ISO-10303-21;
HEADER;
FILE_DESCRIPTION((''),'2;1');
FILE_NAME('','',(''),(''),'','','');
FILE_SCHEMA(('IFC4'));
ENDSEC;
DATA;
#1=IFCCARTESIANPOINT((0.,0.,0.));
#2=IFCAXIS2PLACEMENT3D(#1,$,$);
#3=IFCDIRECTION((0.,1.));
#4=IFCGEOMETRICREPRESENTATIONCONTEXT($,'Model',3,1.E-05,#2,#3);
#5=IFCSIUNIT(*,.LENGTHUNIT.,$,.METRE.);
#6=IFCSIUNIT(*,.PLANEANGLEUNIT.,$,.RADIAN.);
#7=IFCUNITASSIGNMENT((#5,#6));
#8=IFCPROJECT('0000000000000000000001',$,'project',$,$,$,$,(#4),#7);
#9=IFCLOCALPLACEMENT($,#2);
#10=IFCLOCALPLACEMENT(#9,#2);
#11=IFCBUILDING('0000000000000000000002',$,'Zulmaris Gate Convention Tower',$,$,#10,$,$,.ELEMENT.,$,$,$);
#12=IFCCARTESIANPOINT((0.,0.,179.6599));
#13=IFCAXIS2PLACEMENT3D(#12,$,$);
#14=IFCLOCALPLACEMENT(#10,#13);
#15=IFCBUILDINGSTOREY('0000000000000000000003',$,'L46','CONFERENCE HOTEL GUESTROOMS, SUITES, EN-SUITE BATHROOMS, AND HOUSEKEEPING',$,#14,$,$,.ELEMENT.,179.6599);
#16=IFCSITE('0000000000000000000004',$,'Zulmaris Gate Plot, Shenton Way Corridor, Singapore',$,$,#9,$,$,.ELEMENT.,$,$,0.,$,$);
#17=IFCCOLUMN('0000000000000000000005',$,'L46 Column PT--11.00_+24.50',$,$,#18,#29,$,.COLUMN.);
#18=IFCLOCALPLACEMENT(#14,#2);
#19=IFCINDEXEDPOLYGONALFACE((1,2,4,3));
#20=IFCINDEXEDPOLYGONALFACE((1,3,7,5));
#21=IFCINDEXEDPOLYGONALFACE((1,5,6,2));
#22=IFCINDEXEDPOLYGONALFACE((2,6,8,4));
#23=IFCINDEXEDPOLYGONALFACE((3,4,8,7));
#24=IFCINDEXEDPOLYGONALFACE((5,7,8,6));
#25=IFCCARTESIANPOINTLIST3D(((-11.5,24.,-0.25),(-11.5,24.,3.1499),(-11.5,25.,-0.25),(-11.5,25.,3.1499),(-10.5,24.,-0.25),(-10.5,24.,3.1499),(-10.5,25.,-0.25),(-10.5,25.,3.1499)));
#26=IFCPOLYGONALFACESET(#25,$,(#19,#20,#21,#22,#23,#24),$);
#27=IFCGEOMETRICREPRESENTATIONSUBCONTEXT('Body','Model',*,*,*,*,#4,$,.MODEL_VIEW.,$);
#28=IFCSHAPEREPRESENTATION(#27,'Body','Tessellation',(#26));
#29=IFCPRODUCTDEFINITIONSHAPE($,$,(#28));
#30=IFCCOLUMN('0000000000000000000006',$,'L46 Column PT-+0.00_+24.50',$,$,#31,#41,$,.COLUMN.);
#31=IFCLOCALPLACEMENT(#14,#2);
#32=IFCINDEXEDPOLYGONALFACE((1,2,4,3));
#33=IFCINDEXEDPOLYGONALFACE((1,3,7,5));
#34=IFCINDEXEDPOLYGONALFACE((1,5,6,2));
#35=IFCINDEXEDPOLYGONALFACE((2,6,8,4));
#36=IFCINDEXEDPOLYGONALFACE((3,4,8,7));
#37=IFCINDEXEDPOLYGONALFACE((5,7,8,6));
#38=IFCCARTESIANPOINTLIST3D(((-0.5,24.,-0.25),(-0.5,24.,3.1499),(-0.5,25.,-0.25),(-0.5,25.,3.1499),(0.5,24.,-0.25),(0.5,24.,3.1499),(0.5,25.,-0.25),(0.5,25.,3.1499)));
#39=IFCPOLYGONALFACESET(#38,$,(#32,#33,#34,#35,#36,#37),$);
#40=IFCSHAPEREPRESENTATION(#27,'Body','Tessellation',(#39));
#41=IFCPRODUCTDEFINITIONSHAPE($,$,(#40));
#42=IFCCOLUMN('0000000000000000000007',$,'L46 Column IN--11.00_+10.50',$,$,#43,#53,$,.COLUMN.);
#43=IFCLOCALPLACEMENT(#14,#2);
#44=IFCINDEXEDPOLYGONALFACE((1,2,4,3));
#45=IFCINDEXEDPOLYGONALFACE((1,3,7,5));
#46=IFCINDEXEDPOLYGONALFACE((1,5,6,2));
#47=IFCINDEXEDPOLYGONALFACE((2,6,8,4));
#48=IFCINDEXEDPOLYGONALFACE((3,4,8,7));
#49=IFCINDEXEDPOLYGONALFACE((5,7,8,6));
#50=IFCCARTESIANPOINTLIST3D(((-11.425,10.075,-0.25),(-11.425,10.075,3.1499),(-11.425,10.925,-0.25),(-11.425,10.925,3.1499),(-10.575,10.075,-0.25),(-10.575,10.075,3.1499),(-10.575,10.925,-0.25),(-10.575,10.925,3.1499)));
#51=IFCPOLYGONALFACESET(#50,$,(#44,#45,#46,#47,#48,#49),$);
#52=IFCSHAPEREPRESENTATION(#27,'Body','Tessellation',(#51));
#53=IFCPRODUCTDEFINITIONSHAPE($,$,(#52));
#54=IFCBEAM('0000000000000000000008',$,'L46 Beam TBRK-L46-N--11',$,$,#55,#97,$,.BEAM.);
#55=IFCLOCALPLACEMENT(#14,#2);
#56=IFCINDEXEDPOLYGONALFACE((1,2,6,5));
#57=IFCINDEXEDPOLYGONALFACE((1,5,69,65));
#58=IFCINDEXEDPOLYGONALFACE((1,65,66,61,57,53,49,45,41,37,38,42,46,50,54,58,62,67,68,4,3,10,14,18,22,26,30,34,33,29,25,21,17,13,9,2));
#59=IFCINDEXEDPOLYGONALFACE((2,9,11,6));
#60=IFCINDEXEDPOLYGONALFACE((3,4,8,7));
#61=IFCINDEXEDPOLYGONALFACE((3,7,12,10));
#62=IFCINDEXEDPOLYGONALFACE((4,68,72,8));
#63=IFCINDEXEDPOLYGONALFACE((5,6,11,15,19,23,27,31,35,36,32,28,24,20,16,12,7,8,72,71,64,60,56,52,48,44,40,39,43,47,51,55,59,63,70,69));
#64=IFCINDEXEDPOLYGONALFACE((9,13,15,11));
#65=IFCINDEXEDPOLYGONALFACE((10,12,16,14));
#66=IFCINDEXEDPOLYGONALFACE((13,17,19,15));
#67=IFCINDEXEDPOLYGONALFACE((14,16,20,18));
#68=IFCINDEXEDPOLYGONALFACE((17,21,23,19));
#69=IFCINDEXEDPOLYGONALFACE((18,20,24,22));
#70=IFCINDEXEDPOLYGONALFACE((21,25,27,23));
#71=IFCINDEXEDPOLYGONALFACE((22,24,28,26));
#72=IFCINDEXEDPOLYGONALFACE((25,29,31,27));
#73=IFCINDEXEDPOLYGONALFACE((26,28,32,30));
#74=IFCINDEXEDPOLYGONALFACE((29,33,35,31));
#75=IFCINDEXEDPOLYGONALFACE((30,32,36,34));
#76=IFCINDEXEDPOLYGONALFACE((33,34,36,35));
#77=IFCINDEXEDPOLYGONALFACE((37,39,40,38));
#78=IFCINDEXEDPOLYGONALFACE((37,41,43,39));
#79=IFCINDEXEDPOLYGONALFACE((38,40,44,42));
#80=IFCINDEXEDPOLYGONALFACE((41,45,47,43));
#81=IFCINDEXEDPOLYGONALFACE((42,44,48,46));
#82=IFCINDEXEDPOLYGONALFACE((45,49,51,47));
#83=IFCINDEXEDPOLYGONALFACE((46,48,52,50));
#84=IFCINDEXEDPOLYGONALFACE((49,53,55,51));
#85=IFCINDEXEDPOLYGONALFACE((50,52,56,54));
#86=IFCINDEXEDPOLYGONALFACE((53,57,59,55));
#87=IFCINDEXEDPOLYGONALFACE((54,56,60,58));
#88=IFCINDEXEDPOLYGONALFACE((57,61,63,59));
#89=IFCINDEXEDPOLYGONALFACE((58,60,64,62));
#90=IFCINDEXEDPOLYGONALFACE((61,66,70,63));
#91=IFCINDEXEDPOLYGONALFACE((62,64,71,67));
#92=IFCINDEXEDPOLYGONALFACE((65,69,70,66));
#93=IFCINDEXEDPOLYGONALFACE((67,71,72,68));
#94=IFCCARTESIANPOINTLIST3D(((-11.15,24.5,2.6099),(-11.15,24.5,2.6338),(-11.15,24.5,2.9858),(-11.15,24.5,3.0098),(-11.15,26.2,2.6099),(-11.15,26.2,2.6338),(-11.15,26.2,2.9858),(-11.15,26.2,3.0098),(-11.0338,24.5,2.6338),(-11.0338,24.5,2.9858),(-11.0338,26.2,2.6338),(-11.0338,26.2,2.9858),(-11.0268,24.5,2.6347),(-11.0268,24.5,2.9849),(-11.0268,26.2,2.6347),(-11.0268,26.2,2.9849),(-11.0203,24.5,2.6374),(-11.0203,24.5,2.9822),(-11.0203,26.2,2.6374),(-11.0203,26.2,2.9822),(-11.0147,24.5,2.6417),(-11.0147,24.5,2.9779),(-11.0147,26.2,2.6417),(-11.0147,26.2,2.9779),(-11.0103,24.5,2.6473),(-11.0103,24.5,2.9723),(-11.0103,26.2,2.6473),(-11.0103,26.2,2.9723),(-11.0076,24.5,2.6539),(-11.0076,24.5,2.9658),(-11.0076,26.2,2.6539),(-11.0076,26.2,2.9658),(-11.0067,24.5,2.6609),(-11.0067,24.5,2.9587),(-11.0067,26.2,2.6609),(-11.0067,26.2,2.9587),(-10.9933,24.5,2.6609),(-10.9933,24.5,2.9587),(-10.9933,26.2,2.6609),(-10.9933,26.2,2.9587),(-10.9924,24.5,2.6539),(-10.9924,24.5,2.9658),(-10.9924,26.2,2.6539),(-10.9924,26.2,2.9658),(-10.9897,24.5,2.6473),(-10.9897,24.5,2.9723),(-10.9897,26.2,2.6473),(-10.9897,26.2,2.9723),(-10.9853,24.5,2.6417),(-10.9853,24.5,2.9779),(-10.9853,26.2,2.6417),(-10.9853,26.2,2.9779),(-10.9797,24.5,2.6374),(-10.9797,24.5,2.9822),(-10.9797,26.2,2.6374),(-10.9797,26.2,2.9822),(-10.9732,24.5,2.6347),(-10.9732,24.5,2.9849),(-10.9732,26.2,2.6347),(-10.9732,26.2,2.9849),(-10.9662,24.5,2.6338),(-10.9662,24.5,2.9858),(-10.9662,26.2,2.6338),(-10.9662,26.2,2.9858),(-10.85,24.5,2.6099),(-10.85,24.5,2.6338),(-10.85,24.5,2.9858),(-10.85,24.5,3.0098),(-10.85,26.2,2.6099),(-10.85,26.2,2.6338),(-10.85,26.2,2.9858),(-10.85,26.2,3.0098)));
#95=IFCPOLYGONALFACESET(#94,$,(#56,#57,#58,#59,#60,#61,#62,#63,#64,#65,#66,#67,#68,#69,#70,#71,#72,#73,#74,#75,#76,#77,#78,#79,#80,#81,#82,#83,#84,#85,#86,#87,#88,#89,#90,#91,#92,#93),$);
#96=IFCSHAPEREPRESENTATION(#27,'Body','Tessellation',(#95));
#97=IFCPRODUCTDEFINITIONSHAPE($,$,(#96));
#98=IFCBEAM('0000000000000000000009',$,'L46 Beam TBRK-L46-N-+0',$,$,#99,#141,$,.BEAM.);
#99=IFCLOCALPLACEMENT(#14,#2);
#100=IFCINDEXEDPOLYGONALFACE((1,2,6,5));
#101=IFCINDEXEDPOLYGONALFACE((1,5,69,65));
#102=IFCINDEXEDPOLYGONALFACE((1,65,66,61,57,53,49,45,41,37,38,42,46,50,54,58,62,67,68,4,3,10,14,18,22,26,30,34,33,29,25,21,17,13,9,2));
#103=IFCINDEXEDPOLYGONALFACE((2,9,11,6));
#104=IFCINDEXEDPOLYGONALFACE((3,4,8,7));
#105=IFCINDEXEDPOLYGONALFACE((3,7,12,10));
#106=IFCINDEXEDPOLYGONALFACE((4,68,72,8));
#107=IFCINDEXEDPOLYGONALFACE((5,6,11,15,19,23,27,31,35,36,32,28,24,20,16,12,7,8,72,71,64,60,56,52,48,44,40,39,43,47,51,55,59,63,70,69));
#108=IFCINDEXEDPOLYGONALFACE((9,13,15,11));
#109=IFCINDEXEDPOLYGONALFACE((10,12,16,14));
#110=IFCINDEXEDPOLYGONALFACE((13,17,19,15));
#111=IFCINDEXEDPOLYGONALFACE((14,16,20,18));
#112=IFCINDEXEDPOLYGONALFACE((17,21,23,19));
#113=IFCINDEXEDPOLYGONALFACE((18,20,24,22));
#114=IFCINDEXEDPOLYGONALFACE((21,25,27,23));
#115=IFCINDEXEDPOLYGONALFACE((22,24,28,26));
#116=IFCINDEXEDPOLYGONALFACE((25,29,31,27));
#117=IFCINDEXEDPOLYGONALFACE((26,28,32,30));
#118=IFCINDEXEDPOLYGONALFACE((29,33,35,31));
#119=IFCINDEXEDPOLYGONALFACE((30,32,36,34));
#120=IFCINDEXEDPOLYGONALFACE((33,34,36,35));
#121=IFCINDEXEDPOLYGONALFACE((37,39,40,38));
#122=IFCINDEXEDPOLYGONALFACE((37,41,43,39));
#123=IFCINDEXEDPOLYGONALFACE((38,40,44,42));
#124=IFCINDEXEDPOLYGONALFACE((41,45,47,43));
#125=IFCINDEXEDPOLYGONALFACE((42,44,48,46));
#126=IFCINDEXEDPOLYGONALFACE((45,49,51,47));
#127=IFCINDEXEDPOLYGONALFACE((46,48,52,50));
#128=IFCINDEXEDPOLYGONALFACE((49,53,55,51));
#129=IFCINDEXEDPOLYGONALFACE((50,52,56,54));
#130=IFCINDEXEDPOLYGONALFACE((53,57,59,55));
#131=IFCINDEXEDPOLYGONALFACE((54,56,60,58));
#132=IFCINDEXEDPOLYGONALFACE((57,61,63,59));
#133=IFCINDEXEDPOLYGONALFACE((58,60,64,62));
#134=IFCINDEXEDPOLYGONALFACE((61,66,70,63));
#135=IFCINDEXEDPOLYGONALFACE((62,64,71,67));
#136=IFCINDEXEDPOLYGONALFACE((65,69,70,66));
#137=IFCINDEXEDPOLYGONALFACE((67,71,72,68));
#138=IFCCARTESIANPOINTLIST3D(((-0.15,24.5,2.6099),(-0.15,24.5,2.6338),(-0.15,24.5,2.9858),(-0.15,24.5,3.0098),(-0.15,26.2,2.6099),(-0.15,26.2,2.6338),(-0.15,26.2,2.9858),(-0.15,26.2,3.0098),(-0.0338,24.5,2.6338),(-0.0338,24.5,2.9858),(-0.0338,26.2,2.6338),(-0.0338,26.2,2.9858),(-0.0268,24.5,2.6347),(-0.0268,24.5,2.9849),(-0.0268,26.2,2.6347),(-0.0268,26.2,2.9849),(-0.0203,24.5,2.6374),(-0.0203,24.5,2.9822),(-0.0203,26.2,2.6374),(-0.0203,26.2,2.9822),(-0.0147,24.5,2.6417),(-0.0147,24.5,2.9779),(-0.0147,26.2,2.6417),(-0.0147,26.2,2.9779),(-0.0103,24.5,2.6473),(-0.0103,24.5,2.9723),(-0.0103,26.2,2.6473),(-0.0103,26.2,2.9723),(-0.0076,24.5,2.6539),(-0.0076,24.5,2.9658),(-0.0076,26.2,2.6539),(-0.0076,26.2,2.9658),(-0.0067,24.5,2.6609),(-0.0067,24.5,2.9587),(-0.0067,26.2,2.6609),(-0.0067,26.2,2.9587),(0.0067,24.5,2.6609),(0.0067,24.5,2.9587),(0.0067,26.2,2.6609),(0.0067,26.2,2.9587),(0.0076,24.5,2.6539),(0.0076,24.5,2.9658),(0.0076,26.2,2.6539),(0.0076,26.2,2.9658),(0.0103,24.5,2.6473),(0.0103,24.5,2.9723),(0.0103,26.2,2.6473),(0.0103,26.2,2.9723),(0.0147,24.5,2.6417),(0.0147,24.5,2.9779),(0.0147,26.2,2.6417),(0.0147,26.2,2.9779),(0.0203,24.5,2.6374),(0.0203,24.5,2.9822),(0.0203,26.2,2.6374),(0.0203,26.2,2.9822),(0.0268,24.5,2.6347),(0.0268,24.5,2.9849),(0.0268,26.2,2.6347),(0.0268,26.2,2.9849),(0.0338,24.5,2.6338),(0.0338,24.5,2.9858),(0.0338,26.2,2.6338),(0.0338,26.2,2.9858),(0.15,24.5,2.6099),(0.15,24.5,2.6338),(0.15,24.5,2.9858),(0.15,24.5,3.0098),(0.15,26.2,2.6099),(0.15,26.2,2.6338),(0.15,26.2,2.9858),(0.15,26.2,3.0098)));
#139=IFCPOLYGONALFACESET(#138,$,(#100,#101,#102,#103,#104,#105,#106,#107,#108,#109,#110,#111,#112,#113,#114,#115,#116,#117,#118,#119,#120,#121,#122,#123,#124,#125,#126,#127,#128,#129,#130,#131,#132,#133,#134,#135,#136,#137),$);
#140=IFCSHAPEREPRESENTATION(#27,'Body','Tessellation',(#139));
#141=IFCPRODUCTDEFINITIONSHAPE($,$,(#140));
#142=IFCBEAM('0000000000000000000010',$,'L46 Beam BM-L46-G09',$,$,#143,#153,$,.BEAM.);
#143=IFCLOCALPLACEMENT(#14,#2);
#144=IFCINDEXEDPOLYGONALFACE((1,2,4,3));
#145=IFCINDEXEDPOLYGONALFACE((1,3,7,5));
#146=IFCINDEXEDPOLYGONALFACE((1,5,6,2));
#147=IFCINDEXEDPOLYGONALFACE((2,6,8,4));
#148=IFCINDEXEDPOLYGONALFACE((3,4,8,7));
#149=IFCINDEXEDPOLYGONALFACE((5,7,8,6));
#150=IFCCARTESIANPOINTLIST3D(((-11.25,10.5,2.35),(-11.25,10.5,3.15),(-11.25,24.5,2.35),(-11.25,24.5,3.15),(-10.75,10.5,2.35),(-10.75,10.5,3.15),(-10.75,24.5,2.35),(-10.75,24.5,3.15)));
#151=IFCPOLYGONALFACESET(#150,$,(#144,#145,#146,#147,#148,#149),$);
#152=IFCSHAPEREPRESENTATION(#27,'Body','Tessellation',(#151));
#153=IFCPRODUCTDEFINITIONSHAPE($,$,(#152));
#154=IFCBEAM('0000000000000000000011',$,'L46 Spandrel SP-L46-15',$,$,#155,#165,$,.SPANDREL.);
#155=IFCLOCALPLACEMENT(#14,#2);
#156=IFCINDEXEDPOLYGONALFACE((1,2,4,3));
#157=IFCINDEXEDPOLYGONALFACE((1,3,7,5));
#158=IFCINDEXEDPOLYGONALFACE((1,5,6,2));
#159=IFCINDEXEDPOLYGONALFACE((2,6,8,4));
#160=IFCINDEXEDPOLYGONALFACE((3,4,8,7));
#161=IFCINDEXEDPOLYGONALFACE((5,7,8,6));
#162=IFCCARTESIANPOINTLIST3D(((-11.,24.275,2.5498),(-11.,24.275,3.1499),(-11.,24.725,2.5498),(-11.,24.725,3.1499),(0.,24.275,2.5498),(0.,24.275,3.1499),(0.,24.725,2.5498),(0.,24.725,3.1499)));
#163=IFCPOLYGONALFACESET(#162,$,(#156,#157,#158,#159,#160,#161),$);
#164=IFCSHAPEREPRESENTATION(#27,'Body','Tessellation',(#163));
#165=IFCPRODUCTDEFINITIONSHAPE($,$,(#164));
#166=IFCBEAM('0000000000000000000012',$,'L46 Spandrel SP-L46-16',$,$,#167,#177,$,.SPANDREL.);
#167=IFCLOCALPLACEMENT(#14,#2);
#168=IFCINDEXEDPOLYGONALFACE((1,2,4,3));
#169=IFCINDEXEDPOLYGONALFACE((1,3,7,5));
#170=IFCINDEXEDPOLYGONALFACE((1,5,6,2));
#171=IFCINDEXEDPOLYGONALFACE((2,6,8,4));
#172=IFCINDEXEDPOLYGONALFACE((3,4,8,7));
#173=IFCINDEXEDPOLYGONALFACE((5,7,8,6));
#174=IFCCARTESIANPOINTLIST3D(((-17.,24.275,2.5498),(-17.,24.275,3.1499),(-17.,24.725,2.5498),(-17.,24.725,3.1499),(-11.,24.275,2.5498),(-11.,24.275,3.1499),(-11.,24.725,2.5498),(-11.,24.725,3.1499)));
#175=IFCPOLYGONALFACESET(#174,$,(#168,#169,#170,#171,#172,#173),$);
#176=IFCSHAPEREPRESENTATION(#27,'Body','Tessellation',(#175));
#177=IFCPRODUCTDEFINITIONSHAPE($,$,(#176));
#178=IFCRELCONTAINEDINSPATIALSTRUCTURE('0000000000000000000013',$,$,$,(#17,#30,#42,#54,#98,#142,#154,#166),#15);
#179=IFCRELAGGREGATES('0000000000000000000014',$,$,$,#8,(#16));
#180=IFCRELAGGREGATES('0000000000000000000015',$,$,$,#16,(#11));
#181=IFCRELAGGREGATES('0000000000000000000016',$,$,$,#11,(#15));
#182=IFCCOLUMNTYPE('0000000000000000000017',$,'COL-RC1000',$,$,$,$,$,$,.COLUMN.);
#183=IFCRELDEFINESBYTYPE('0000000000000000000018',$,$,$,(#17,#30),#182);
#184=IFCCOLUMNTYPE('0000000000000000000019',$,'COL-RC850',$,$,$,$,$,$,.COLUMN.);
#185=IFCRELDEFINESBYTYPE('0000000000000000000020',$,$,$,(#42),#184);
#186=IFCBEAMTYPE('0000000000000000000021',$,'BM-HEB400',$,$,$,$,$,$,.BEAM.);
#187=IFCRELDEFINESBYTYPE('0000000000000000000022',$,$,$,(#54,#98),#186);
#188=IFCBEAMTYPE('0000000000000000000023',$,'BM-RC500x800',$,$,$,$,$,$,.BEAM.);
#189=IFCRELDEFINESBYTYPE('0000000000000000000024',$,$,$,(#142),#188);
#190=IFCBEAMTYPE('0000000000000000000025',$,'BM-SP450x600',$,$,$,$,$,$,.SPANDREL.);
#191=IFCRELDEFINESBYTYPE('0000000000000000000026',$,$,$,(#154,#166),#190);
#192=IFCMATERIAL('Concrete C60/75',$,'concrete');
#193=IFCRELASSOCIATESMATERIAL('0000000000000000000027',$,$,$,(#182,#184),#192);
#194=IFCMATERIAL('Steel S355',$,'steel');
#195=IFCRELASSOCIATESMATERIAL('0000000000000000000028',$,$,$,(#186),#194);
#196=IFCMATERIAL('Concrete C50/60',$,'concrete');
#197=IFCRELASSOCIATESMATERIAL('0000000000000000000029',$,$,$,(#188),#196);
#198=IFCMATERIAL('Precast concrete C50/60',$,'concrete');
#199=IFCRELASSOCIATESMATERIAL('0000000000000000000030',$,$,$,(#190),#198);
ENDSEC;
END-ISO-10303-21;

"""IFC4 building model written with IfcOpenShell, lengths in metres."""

from ifc_helpers import new_model, si_unit, direction, frame, origin, origin_2d, place, context, subcontext, project, spatial, rectangle, i_section, extrude, material, material_profile, profile_set, type_object, element, save


model = new_model("IFC4")

# Units and contexts
model_context = context("Model", 3, precision=1e-05, world=origin(), true_north=direction((0.0, 1.0)))
body_context = subcontext(model_context, "Body", "Model", "MODEL_VIEW")
ifc_project = project(units=[si_unit("LENGTHUNIT", "METRE"), si_unit("PLANEANGLEUNIT", "RADIAN")], contexts=[model_context])

# Site, building, storey
site_placement = place(None, origin())
site = spatial("IfcSite", under=ifc_project, at=site_placement, Name="Zulmaris Gate Plot, Shenton Way Corridor, Singapore", CompositionType="ELEMENT", RefElevation=0.0)
building_placement = place(site_placement, origin())
building = spatial("IfcBuilding", under=site, at=building_placement, Name="Zulmaris Gate Convention Tower", CompositionType="ELEMENT")
storey_placement = place(building_placement, frame((0.0, 0.0, 179.6599)))
storey = spatial("IfcBuildingStorey", under=building, at=storey_placement, Name="L46", Description="CONFERENCE HOTEL GUESTROOMS, SUITES, EN-SUITE BATHROOMS, AND HOUSEKEEPING", CompositionType="ELEMENT", Elevation=179.6599)

# Columns
ifc_material_1 = material(Name="Concrete C60/75", Category="concrete")
ifc_material_profile_1 = material_profile(ifc_material_1, rectangle(XDim=1.0, YDim=1.0, at=origin_2d()), Name="RC COL 1000x1000")
ifc_profile_set_1 = profile_set([ifc_material_profile_1], Name="Concrete C60/75")
column_type_1 = type_object("IfcColumnType", Name="COL-RC1000", PredefinedType="COLUMN", material=ifc_profile_set_1)
for number, where, z_axis, x_axis, name in (
    (1, (-11.0, 24.5, -0.25), (0.0, 0.0, 1.0), (1.0, 0.0, 0.0), "L46 Column PT--11.00_+24.50"),
    (2, (0.0, 24.5, -0.25), (0.0, 0.0, 1.0), (1.0, 0.0, 0.0), "L46 Column PT-+0.00_+24.50"),
):
    element("IfcColumn", number, at=place(storey_placement, frame(where, z_axis=z_axis, x_axis=x_axis)), inside=storey, type_object=column_type_1, Name=name, PredefinedType="COLUMN", context=body_context, shape_type="SweptSolid", body=[
        extrude(rectangle(XDim=1.0, YDim=1.0, at=origin_2d()), origin(), (0.0, 0.0, 1.0), 3.3999),
    ])
ifc_material_profile_2 = material_profile(ifc_material_1, rectangle(XDim=0.8501, YDim=0.8501, at=origin_2d()), Name="RC COL 850x850")
ifc_profile_set_2 = profile_set([ifc_material_profile_2], Name="Concrete C60/75")
column_type_2 = type_object("IfcColumnType", Name="COL-RC850", PredefinedType="COLUMN", material=ifc_profile_set_2)
column_placement = place(storey_placement, frame((-11.0, 10.5, -0.25), z_axis=(0.0, 0.0, 1.0), x_axis=(1.0, 0.0, 0.0)))
element("IfcColumn", 3, at=column_placement, inside=storey, type_object=column_type_2, Name="L46 Column IN--11.00_+10.50", PredefinedType="COLUMN", context=body_context, shape_type="SweptSolid", body=[
    extrude(rectangle(XDim=0.8501, YDim=0.8501, at=origin_2d()), origin(), (0.0, 0.0, 1.0), 3.3999),
])

# Beams
ifc_material_2 = material(Name="Steel S355", Category="steel")
ifc_material_profile_3 = material_profile(ifc_material_2, i_section(OverallWidth=0.3, OverallDepth=0.3999, WebThickness=0.0134, FlangeThickness=0.0239, FilletRadius=0.0271, at=origin_2d()), Name="HEB 400")
ifc_profile_set_3 = profile_set([ifc_material_profile_3], Name="Steel S355")
beam_type_1 = type_object("IfcBeamType", Name="BM-HEB400", PredefinedType="BEAM", material=ifc_profile_set_3)
for number, where, z_axis, x_axis, name in (
    (4, (-11.0, 24.5, 2.8098), (0.0, 1.0, 0.0), (-1.0, 0.0, 0.0), "L46 Beam TBRK-L46-N--11"),
    (5, (0.0, 24.5, 2.8098), (0.0, 1.0, 0.0), (-1.0, 0.0, 0.0), "L46 Beam TBRK-L46-N-+0"),
):
    element("IfcBeam", number, at=place(storey_placement, frame(where, z_axis=z_axis, x_axis=x_axis)), inside=storey, type_object=beam_type_1, Name=name, PredefinedType="BEAM", context=body_context, shape_type="SweptSolid", body=[
        extrude(i_section(OverallWidth=0.3, OverallDepth=0.3999, WebThickness=0.0134, FlangeThickness=0.0239, FilletRadius=0.0271, at=origin_2d()), origin(), (0.0, 0.0, 1.0), 1.7),
    ])
ifc_material_3 = material(Name="Concrete C50/60", Category="concrete")
ifc_material_profile_4 = material_profile(ifc_material_3, rectangle(XDim=0.5, YDim=0.8, at=origin_2d()), Name="RC BEAM 500x800")
ifc_profile_set_4 = profile_set([ifc_material_profile_4], Name="Concrete C50/60")
beam_type_2 = type_object("IfcBeamType", Name="BM-RC500x800", PredefinedType="BEAM", material=ifc_profile_set_4)
beam_1_placement = place(storey_placement, frame((-11.0, 10.5, 2.75), z_axis=(0.0, 1.0, 0.0), x_axis=(-1.0, 0.0, 0.0)))
element("IfcBeam", 6, at=beam_1_placement, inside=storey, type_object=beam_type_2, Name="L46 Beam BM-L46-G09", PredefinedType="BEAM", context=body_context, shape_type="SweptSolid", body=[
    extrude(rectangle(XDim=0.5, YDim=0.8, at=origin_2d()), origin(), (0.0, 0.0, 1.0), 14.0),
])
ifc_material_4 = material(Name="Precast concrete C50/60", Category="concrete")
ifc_material_profile_5 = material_profile(ifc_material_4, rectangle(XDim=0.45, YDim=0.6001, at=origin_2d()), Name="RC SPANDREL 450x600")
ifc_profile_set_5 = profile_set([ifc_material_profile_5], Name="Precast concrete C50/60")
beam_type_3 = type_object("IfcBeamType", Name="BM-SP450x600", PredefinedType="SPANDREL", material=ifc_profile_set_5)
beam_2_placement = place(storey_placement, frame((0.0, 24.5, 2.8499), z_axis=(-1.0, 0.0, 0.0), x_axis=(0.0, -1.0, 0.0)))
element("IfcBeam", 7, at=beam_2_placement, inside=storey, type_object=beam_type_3, Name="L46 Spandrel SP-L46-15", PredefinedType="SPANDREL", context=body_context, shape_type="SweptSolid", body=[
    extrude(rectangle(XDim=0.45, YDim=0.6001, at=origin_2d()), origin(), (0.0, 0.0, 1.0), 11.0),
])
beam_3_placement = place(storey_placement, frame((-11.0, 24.5, 2.8499), z_axis=(-1.0, 0.0, 0.0), x_axis=(0.0, -1.0, 0.0)))
element("IfcBeam", 8, at=beam_3_placement, inside=storey, type_object=beam_type_3, Name="L46 Spandrel SP-L46-16", PredefinedType="SPANDREL", context=body_context, shape_type="SweptSolid", body=[
    extrude(rectangle(XDim=0.45, YDim=0.6001, at=origin_2d()), origin(), (0.0, 0.0, 1.0), 6.0),
])

save(model, "model.ifc")
